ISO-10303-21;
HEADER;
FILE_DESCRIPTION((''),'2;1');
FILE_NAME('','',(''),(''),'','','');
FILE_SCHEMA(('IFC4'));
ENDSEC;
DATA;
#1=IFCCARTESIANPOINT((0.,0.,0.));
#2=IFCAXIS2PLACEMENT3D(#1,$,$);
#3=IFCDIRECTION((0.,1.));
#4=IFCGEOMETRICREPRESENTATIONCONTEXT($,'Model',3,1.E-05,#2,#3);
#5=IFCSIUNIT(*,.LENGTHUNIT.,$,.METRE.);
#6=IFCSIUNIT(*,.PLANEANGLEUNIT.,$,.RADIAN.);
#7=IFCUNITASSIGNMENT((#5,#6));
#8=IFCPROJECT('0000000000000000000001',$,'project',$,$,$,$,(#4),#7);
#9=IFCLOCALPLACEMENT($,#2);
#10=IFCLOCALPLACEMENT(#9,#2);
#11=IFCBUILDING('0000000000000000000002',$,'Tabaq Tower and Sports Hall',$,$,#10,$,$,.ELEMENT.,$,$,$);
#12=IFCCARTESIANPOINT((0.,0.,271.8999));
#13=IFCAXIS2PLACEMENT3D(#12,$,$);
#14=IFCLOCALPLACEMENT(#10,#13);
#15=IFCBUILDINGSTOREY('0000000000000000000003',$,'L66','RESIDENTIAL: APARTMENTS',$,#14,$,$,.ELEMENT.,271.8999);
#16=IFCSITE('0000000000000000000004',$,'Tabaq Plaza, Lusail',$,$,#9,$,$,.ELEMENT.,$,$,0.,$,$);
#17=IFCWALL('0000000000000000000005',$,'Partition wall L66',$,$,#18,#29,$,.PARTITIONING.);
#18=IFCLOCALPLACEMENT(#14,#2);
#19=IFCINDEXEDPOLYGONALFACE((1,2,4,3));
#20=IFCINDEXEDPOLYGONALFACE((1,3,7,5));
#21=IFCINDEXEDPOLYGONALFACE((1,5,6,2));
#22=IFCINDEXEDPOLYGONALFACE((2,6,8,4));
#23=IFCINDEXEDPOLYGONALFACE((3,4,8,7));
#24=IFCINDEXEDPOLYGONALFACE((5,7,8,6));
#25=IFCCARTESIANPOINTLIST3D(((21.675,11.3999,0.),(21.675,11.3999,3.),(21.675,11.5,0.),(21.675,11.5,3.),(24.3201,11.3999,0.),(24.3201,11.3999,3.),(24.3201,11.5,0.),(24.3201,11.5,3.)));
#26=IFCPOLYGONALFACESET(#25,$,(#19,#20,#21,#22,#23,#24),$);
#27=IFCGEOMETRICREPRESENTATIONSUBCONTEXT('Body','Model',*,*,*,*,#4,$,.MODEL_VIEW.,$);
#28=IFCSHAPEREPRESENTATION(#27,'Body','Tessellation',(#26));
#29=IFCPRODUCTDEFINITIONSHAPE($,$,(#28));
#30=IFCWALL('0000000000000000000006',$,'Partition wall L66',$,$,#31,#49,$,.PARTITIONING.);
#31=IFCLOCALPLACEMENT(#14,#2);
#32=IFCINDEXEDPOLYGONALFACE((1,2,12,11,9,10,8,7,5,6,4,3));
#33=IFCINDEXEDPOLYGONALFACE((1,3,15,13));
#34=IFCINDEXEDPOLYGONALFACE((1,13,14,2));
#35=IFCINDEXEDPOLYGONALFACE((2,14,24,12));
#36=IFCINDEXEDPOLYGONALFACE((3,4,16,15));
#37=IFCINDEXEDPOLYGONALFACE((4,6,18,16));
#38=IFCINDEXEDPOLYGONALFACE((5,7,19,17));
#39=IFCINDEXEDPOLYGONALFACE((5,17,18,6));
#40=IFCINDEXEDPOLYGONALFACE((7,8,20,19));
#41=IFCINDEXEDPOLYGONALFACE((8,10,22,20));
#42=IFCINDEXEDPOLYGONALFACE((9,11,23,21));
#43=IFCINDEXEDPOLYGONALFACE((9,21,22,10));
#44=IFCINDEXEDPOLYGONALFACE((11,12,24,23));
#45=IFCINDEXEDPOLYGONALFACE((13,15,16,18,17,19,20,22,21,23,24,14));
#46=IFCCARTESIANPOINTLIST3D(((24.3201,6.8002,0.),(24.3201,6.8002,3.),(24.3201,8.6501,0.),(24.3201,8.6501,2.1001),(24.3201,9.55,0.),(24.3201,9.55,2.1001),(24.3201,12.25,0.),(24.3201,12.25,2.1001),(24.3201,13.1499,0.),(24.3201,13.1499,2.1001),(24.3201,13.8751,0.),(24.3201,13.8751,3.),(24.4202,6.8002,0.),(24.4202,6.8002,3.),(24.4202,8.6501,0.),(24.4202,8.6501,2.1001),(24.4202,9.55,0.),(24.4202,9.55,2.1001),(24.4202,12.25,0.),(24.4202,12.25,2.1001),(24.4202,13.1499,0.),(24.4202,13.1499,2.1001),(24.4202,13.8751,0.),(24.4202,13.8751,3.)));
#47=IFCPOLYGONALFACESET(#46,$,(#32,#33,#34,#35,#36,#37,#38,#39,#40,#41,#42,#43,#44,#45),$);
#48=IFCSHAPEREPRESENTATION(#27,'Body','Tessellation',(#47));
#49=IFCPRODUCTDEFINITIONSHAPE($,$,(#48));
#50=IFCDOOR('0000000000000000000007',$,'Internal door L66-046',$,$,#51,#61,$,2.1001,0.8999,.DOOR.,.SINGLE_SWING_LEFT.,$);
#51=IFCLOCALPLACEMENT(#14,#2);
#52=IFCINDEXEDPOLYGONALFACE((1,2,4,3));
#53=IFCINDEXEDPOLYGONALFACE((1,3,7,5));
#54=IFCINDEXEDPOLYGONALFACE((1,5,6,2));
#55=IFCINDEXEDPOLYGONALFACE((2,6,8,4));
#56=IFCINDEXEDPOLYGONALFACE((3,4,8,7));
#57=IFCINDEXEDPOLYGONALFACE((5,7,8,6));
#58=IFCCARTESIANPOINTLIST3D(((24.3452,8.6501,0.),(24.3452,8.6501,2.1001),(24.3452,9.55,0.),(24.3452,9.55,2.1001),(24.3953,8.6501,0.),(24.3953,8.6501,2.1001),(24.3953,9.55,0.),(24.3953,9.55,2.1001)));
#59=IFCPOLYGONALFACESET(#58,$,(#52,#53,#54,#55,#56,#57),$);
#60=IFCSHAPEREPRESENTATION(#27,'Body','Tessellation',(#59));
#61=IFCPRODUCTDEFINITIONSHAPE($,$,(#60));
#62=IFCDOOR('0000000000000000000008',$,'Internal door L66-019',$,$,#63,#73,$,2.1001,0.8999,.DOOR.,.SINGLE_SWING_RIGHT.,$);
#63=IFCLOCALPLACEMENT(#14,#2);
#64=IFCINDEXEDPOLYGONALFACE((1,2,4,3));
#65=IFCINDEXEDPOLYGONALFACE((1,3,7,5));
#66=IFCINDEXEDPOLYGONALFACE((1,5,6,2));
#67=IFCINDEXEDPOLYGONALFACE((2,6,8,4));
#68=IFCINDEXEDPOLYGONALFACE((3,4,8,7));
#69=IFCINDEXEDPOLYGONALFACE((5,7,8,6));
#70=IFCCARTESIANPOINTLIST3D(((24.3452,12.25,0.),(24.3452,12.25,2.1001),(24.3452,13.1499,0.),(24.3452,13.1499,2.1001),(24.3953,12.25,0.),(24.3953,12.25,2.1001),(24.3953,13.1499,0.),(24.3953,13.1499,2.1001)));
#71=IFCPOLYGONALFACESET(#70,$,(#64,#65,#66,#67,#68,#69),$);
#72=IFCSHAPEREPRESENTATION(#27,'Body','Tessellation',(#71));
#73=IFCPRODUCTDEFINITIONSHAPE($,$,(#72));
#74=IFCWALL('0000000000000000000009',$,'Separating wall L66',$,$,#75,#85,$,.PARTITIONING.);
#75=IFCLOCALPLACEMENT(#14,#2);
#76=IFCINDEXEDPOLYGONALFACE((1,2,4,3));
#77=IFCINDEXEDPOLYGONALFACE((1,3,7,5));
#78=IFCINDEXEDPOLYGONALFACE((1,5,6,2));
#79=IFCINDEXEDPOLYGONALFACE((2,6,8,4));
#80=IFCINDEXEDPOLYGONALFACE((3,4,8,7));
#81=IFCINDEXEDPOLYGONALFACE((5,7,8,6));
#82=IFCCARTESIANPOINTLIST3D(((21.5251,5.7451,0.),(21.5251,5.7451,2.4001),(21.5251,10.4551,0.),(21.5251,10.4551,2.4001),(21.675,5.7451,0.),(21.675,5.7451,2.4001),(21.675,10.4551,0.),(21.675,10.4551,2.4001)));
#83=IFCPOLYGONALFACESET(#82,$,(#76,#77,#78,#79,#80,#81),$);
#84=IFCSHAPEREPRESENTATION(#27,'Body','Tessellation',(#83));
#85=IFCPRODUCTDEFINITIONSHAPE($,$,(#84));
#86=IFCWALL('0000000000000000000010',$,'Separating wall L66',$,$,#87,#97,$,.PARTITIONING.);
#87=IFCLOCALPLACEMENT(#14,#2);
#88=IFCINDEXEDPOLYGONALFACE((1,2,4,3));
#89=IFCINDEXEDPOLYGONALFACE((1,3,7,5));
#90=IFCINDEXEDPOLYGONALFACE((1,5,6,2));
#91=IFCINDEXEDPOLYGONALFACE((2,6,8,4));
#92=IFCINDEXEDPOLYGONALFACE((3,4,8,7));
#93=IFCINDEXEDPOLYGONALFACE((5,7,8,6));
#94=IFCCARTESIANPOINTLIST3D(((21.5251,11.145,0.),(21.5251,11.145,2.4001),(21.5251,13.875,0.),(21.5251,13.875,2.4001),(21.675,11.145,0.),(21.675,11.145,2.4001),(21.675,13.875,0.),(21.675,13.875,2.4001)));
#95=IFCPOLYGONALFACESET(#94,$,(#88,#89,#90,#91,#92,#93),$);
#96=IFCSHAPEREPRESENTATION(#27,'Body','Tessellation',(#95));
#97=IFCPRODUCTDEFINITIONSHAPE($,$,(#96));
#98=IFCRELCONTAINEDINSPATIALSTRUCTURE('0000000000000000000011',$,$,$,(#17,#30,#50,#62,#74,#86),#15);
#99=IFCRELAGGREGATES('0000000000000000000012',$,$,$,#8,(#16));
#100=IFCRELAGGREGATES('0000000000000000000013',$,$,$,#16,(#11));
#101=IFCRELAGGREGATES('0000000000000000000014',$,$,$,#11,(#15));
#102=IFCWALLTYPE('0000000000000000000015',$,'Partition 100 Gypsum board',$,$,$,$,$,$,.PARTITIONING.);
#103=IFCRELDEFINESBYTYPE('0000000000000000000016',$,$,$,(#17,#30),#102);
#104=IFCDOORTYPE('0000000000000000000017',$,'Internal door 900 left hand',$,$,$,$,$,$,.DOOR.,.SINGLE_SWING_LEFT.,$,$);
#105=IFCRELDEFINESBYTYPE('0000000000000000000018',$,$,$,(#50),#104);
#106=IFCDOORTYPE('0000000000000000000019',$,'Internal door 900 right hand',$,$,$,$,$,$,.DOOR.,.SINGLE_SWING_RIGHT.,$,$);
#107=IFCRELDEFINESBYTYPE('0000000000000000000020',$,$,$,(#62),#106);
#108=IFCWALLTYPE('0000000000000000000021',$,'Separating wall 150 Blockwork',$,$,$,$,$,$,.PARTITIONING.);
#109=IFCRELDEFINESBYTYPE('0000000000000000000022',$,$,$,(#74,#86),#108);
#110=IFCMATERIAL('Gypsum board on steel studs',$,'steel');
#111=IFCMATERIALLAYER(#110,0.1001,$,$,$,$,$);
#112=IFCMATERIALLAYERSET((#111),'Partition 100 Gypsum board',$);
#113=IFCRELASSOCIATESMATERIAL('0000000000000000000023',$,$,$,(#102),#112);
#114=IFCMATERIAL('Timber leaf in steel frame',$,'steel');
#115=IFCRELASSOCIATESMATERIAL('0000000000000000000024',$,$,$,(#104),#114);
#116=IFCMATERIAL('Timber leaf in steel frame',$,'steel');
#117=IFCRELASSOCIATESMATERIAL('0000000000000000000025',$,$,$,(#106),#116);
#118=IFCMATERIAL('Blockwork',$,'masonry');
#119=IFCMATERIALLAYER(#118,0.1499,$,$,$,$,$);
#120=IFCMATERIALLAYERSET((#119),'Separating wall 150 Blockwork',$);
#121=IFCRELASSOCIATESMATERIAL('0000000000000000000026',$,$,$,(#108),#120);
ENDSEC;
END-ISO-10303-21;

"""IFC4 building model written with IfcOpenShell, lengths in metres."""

from ifc_helpers import new_model, si_unit, direction, frame, frame_2d, origin, place, context, subcontext, project, spatial, rectangle, extrude, material, layer, layer_set, type_object, element, fill, save


model = new_model("IFC4")

# Units and contexts
model_context = context("Model", 3, precision=1e-05, world=origin(), true_north=direction((0.0, 1.0)))
body_context = subcontext(model_context, "Body", "Model", "MODEL_VIEW")
ifc_project = project(units=[si_unit("LENGTHUNIT", "METRE"), si_unit("PLANEANGLEUNIT", "RADIAN")], contexts=[model_context])

# Site, building, storey
site_placement = place(None, origin())
site = spatial("IfcSite", under=ifc_project, at=site_placement, Name="Tabaq Plaza, Lusail", CompositionType="ELEMENT", RefElevation=0.0)
building_placement = place(site_placement, origin())
building = spatial("IfcBuilding", under=site, at=building_placement, Name="Tabaq Tower and Sports Hall", CompositionType="ELEMENT")
storey_placement = place(building_placement, frame((0.0, 0.0, 271.8999)))
storey = spatial("IfcBuildingStorey", under=building, at=storey_placement, Name="L66", Description="RESIDENTIAL: APARTMENTS", CompositionType="ELEMENT", Elevation=271.8999)

# Shared definitions
ifc_material_1 = material(Name="Gypsum board on steel studs", Category="steel")
ifc_layer_1 = layer(ifc_material_1, 0.1001)
ifc_layer_set_1 = layer_set([ifc_layer_1], Name="Partition 100 Gypsum board")
wall_type_1 = type_object("IfcWallType", Name="Partition 100 Gypsum board", PredefinedType="PARTITIONING", material=ifc_layer_set_1)
ifc_material_2 = material(Name="Timber leaf in steel frame", Category="steel")
door_type_1 = type_object("IfcDoorType", Name="Internal door 900 left hand", OperationType="SINGLE_SWING_LEFT", PredefinedType="DOOR", material=ifc_material_2)
ifc_material_3 = material(Name="Timber leaf in steel frame", Category="steel")
door_type_2 = type_object("IfcDoorType", Name="Internal door 900 right hand", OperationType="SINGLE_SWING_RIGHT", PredefinedType="DOOR", material=ifc_material_3)

# Wall
wall_1_placement = place(storey_placement, frame((24.3201, 11.45, 0.0), z_axis=(0.0, 0.0, 1.0), x_axis=(-1.0, 0.0, 0.0)))
element("IfcWall", 1, at=wall_1_placement, inside=storey, type_object=wall_type_1, Name="Partition wall L66", PredefinedType="PARTITIONING", context=body_context, shape_type="SweptSolid", body=[
    extrude(rectangle(XDim=2.645, YDim=0.1001, at=frame_2d((1.3225, 0.0))), origin(), (0.0, 0.0, 1.0), 3.0),
])

# Wall, openings, doors
wall_2_placement = place(storey_placement, frame((24.3701, 6.8, 0.0), z_axis=(0.0, 0.0, 1.0), x_axis=(0.0, 1.0, 0.0)))
wall_2 = element("IfcWall", 2, at=wall_2_placement, inside=storey, type_object=wall_type_1, Name="Partition wall L66", PredefinedType="PARTITIONING", context=body_context, shape_type="SweptSolid", body=[
    extrude(rectangle(XDim=7.075, YDim=0.1001, at=frame_2d((3.5376, 0.0))), origin(), (0.0, 0.0, 1.0), 3.0),
])
opening_1_placement = place(wall_2_placement, frame((5.45, 0.0, 0.0)))
opening_1 = element("IfcOpeningElement", 3, at=opening_1_placement, cuts=wall_2, PredefinedType="OPENING", context=body_context, shape_type="SweptSolid", body=[
    extrude(rectangle(XDim=0.8999, YDim=2.1001, at=frame_2d((0.45, 1.05))), frame((0.0, 0.05, 0.0), z_axis=(0.0, -1.0, 0.0), x_axis=(1.0, 0.0, 0.0)), (0.0, 0.0, 1.0), 0.1001),
])
opening_2_placement = place(wall_2_placement, frame((1.8501, 0.0, 0.0)))
opening_2 = element("IfcOpeningElement", 4, at=opening_2_placement, cuts=wall_2, PredefinedType="OPENING", context=body_context, shape_type="SweptSolid", body=[
    extrude(rectangle(XDim=0.8999, YDim=2.1001, at=frame_2d((0.45, 1.05))), frame((0.0, 0.05, 0.0), z_axis=(0.0, -1.0, 0.0), x_axis=(1.0, 0.0, 0.0)), (0.0, 0.0, 1.0), 0.1001),
])
door_1_placement = place(opening_2_placement, origin())
door_1 = element("IfcDoor", 5, at=door_1_placement, inside=storey, type_object=door_type_1, Name="Internal door L66-046", OperationType="SINGLE_SWING_LEFT", OverallHeight=2.1001, OverallWidth=0.8999, PredefinedType="DOOR", context=body_context, shape_type="SweptSolid", body=[
    extrude(rectangle(XDim=0.8999, YDim=2.1001, at=frame_2d((0.45, 1.05))), frame((0.0, 0.0249, 0.0), z_axis=(0.0, -1.0, 0.0), x_axis=(1.0, 0.0, 0.0)), (0.0, 0.0, 1.0), 0.05),
])
fill(opening_2, door_1)
door_2_placement = place(opening_1_placement, origin())
door_2 = element("IfcDoor", 6, at=door_2_placement, inside=storey, type_object=door_type_2, Name="Internal door L66-019", OperationType="SINGLE_SWING_RIGHT", OverallHeight=2.1001, OverallWidth=0.8999, PredefinedType="DOOR", context=body_context, shape_type="SweptSolid", body=[
    extrude(rectangle(XDim=0.8999, YDim=2.1001, at=frame_2d((0.45, 1.05))), frame((0.0, 0.0249, 0.0), z_axis=(0.0, -1.0, 0.0), x_axis=(1.0, 0.0, 0.0)), (0.0, 0.0, 1.0), 0.05),
])
fill(opening_1, door_2)

# Walls
ifc_material_4 = material(Name="Blockwork", Category="masonry")
ifc_layer_2 = layer(ifc_material_4, 0.1499)
ifc_layer_set_2 = layer_set([ifc_layer_2], Name="Separating wall 150 Blockwork")
wall_type_2 = type_object("IfcWallType", Name="Separating wall 150 Blockwork", PredefinedType="PARTITIONING", material=ifc_layer_set_2)
wall_3_placement = place(storey_placement, frame((21.6001, 5.7451, 0.0), z_axis=(0.0, 0.0, 1.0), x_axis=(0.0, 1.0, 0.0)))
element("IfcWall", 7, at=wall_3_placement, inside=storey, type_object=wall_type_2, Name="Separating wall L66", PredefinedType="PARTITIONING", context=body_context, shape_type="SweptSolid", body=[
    extrude(rectangle(XDim=4.71, YDim=0.1499, at=frame_2d((2.355, 0.0))), origin(), (0.0, 0.0, 1.0), 2.4001),
])
wall_4_placement = place(storey_placement, frame((21.6001, 11.145, 0.0), z_axis=(0.0, 0.0, 1.0), x_axis=(0.0, 1.0, 0.0)))
element("IfcWall", 8, at=wall_4_placement, inside=storey, type_object=wall_type_2, Name="Separating wall L66", PredefinedType="PARTITIONING", context=body_context, shape_type="SweptSolid", body=[
    extrude(rectangle(XDim=2.73, YDim=0.1499, at=frame_2d((1.365, 0.0))), origin(), (0.0, 0.0, 1.0), 2.4001),
])

save(model, "model.ifc")
